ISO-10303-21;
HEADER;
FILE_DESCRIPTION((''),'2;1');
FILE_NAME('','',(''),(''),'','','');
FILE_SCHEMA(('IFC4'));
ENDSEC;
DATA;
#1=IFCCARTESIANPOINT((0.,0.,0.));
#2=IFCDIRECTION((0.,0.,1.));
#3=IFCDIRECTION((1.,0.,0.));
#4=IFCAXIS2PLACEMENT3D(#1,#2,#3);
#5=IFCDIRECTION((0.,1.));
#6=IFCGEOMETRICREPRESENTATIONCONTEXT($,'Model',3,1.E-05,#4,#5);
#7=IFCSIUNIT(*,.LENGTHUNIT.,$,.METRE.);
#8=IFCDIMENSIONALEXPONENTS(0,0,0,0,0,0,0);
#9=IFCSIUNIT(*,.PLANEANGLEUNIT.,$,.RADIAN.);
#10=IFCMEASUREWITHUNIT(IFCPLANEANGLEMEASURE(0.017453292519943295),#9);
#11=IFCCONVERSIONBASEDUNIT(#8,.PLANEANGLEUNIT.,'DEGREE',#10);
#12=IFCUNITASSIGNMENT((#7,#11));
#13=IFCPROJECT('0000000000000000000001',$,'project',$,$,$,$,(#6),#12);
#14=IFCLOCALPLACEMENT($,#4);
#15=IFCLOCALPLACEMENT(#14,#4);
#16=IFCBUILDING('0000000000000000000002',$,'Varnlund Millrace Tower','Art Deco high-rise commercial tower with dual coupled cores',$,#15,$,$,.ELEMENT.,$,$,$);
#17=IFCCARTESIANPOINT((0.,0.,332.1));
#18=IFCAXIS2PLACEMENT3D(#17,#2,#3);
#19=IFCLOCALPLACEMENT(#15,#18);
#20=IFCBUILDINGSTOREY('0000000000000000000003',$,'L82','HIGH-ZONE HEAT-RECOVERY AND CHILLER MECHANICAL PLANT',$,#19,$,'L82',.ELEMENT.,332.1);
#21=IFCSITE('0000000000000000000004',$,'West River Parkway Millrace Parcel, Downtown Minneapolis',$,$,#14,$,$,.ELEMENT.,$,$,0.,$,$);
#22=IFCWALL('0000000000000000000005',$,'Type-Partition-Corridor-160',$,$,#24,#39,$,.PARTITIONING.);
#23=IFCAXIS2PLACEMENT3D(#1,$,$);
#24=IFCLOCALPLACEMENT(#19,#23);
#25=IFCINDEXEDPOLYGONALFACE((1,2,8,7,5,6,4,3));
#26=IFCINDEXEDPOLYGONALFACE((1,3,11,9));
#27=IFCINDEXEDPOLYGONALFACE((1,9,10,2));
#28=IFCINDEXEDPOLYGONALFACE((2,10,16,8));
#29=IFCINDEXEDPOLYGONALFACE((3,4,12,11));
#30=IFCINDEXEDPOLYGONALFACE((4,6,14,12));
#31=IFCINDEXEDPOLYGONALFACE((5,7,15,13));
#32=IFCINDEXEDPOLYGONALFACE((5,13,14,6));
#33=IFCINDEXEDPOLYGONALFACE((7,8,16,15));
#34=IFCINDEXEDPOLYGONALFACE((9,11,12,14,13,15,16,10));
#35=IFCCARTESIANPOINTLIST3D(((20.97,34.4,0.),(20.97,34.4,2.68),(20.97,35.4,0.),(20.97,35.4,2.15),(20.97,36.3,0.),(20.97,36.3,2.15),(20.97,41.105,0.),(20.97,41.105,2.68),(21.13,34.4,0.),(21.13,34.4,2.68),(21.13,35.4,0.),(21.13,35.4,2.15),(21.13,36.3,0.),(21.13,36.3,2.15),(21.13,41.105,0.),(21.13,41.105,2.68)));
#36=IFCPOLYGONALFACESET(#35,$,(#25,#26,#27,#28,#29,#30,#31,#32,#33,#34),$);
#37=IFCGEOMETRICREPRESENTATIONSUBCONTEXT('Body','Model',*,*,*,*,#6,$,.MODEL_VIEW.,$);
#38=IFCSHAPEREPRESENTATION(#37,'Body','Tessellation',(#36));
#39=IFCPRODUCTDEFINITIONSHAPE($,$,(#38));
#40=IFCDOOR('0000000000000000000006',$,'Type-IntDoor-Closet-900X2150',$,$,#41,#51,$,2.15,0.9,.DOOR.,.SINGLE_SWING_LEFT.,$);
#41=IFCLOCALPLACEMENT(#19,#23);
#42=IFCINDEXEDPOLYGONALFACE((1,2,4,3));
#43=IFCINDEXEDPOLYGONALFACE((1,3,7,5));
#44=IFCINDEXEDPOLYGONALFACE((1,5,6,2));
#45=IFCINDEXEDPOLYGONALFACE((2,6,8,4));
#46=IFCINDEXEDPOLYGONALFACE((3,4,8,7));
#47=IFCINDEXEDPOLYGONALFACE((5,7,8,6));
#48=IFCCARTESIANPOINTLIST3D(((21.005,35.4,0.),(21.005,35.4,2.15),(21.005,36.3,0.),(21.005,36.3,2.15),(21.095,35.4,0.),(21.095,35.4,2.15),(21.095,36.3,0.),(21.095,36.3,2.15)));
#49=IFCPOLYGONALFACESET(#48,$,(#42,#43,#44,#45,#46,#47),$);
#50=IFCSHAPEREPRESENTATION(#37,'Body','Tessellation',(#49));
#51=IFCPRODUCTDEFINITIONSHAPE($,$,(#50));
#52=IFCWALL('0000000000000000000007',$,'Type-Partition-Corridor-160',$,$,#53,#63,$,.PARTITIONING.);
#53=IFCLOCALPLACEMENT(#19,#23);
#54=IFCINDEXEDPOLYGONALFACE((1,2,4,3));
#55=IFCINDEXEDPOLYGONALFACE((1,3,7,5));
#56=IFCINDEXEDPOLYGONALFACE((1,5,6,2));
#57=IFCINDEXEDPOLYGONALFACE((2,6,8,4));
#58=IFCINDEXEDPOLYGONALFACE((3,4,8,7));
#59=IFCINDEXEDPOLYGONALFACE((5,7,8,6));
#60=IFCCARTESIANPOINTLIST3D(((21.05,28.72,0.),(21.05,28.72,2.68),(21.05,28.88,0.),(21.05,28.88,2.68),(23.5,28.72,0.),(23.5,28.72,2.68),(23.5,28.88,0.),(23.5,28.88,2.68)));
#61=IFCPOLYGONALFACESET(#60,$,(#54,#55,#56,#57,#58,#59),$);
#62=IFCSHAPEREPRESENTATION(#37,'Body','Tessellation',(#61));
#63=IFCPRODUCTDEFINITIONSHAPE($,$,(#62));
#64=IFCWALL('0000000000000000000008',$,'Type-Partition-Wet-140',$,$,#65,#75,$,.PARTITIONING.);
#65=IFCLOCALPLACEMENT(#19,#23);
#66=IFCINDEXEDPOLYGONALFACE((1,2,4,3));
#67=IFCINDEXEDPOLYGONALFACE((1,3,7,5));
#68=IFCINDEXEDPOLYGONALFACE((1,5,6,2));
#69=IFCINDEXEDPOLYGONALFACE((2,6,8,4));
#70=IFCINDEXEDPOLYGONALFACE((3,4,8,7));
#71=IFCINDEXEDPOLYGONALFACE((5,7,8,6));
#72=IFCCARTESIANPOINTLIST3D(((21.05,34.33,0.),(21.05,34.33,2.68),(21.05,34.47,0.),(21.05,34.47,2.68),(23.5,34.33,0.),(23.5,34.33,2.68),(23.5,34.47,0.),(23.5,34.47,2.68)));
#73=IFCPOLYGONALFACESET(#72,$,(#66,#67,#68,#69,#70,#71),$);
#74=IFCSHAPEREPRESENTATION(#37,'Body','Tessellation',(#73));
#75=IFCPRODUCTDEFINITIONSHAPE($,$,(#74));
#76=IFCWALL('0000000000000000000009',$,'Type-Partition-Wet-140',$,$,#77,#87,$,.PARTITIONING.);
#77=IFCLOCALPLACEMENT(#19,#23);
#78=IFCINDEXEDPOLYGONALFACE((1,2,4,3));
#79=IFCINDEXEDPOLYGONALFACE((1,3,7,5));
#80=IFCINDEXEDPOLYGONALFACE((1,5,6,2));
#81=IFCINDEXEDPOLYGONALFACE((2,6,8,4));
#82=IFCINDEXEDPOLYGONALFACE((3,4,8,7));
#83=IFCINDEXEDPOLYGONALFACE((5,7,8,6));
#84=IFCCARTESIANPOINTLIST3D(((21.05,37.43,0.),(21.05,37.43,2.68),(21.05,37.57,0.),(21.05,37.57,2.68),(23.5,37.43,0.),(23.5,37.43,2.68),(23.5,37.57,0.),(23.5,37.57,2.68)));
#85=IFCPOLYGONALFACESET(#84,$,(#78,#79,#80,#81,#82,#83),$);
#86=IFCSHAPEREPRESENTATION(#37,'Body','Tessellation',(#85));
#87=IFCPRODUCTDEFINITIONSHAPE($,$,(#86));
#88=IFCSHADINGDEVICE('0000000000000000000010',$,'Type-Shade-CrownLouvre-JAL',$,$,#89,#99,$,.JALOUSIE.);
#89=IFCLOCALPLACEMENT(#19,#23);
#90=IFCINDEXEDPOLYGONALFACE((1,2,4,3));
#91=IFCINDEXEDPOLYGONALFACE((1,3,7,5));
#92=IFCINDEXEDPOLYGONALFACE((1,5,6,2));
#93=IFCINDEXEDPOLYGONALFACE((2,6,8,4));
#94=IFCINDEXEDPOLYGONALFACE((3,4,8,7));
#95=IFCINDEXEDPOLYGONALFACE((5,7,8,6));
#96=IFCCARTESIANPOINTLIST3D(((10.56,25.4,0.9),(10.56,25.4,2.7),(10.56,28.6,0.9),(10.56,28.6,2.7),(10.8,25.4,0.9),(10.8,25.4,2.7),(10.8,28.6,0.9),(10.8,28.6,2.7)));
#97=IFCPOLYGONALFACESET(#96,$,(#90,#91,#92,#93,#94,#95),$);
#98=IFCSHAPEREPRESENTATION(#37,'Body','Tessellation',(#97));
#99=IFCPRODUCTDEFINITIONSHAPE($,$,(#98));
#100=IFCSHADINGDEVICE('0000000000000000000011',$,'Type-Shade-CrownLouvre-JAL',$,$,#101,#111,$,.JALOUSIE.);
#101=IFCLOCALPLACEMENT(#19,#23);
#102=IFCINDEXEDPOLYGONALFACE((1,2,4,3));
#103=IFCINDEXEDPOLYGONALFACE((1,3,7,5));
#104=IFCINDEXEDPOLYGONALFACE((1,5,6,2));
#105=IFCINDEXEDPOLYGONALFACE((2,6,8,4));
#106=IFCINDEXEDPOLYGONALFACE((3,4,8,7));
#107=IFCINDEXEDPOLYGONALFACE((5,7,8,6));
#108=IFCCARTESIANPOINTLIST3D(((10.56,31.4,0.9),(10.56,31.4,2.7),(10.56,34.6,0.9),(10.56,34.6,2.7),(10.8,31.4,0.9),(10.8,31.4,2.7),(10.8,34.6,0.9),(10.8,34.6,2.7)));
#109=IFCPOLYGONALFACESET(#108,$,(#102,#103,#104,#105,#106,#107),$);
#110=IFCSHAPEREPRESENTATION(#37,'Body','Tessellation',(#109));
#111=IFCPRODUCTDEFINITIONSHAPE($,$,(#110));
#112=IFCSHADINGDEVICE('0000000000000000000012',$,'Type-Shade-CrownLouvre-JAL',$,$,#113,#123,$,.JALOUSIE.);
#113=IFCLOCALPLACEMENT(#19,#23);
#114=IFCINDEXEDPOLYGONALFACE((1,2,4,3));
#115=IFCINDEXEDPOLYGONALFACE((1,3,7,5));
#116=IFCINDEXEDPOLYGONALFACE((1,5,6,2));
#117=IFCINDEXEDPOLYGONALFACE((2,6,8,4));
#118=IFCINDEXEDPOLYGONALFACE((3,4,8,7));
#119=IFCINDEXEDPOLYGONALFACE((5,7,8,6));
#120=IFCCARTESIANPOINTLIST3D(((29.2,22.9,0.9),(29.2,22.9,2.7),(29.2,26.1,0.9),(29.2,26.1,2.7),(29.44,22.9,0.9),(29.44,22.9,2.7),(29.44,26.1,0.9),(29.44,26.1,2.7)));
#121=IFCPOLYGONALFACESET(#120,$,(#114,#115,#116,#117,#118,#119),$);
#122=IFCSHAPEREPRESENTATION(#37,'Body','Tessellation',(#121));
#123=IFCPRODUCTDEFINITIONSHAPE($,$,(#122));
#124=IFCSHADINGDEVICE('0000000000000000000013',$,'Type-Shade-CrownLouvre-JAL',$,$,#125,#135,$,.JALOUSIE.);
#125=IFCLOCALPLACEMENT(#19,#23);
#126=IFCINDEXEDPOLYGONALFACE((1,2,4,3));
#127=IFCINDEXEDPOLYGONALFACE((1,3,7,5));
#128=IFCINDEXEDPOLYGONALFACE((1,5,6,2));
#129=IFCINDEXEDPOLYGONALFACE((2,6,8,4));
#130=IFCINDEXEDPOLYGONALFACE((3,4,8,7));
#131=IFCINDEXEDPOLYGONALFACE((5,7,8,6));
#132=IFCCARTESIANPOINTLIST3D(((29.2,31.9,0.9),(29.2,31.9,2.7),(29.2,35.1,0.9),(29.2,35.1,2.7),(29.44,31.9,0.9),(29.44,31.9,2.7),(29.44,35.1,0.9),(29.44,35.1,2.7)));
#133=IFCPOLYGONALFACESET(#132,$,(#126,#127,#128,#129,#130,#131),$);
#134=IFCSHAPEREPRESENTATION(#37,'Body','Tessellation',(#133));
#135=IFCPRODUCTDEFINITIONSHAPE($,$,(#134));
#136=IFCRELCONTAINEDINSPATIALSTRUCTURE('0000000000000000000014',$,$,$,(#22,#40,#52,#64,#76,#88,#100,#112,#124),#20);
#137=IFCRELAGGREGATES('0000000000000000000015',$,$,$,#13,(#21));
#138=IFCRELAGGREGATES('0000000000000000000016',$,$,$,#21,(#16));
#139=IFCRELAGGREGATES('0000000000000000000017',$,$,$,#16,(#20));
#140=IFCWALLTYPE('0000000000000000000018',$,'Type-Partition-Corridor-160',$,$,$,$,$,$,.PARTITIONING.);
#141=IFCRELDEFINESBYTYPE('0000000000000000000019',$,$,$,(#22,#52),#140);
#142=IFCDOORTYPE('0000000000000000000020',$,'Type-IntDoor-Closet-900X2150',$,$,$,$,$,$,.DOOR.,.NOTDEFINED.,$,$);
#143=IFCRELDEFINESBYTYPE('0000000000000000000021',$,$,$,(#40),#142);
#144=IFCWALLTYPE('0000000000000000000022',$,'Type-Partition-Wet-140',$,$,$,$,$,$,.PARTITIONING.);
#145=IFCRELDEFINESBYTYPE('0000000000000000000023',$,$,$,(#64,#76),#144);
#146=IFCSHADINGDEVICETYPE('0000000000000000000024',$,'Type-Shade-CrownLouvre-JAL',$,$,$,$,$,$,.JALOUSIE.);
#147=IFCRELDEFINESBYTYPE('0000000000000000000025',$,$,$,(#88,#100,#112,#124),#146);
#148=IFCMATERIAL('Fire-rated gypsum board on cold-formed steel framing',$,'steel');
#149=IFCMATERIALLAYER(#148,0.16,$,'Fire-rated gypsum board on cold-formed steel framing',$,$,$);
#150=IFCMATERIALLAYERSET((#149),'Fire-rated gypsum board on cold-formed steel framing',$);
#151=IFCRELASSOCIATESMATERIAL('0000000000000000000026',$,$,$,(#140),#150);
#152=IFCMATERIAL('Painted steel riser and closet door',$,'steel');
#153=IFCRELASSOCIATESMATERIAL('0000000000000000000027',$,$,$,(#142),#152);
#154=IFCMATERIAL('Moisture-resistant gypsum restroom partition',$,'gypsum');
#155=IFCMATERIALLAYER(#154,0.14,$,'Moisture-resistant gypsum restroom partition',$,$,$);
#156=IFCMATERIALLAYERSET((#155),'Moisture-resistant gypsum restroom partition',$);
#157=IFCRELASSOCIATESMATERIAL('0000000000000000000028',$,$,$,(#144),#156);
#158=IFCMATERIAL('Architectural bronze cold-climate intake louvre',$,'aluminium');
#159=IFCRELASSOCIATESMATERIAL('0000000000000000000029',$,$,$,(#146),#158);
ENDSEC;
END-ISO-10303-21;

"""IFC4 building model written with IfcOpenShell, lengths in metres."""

from ifc_helpers import new_model, entity, si_unit, converted_unit, direction, frame, origin_with_axes, origin_2d_with_axis, place, context, subcontext, project, spatial, polyline, rectangle, outline, extrude, material, layer, layer_set, type_object, element, fill, save


model = new_model("IFC4")

# Units and contexts
model_context = context("Model", 3, precision=1e-05, world=origin_with_axes(), true_north=direction((0.0, 1.0)))
body_context = subcontext(model_context, "Body", "Model", "MODEL_VIEW")
ifc_project = project(units=[si_unit("LENGTHUNIT", "METRE"), converted_unit("PLANEANGLEUNIT", "DEGREE", entity("IfcPlaneAngleMeasure", 0.017453292519943295), si_unit("PLANEANGLEUNIT", "RADIAN"), dimensions=[0, 0, 0, 0, 0, 0, 0])], contexts=[model_context])

# Site, building, storey
site_placement = place(None, origin_with_axes())
site = spatial("IfcSite", under=ifc_project, at=site_placement, Name="West River Parkway Millrace Parcel, Downtown Minneapolis", CompositionType="ELEMENT", RefElevation=0.0)
building_placement = place(site_placement, origin_with_axes())
building = spatial("IfcBuilding", under=site, at=building_placement, Name="Varnlund Millrace Tower", Description="Art Deco high-rise commercial tower with dual coupled cores", CompositionType="ELEMENT")
storey_placement = place(building_placement, frame((0.0, 0.0, 332.1), z_axis=(0.0, 0.0, 1.0), x_axis=(1.0, 0.0, 0.0)))
storey = spatial("IfcBuildingStorey", under=building, at=storey_placement, Name="L82", Description="HIGH-ZONE HEAT-RECOVERY AND CHILLER MECHANICAL PLANT", LongName="L82", CompositionType="ELEMENT", Elevation=332.1)

# Wall, opening, door
ifc_material_1 = material(Name="Fire-rated gypsum board on cold-formed steel framing", Category="steel")
ifc_layer_1 = layer(ifc_material_1, 0.16, Name="Fire-rated gypsum board on cold-formed steel framing")
ifc_layer_set_1 = layer_set([ifc_layer_1], Name="Fire-rated gypsum board on cold-formed steel framing")
wall_type_1 = type_object("IfcWallType", Name="Type-Partition-Corridor-160", PredefinedType="PARTITIONING", material=ifc_layer_set_1)
ifc_material_2 = material(Name="Painted steel riser and closet door", Category="steel")
door_type = type_object("IfcDoorType", Name="Type-IntDoor-Closet-900X2150", OperationType="NOTDEFINED", PredefinedType="DOOR", material=ifc_material_2)
wall_1_placement = place(storey_placement, frame((21.05, 34.4, 0.0), z_axis=(0.0, 0.0, 1.0), x_axis=(0.0, 1.0, 0.0)))
wall_1 = element("IfcWall", 1, at=wall_1_placement, inside=storey, type_object=wall_type_1, Name="Type-Partition-Corridor-160", PredefinedType="PARTITIONING", context=body_context, shape_type="SweptSolid", body=[
    extrude(outline(polyline([(0.0, -0.08), (6.705, -0.08), (6.705, 0.08), (0.0, 0.08), (0.0, -0.08)])), origin_with_axes(), (0.0, 0.0, 1.0), 2.68),
])
opening_1_placement = place(wall_1_placement, frame((1.45, 0.0, 0.0), z_axis=(0.0, 0.0, 1.0), x_axis=(1.0, 0.0, 0.0)))
opening_1 = element("IfcOpeningElement", 2, at=opening_1_placement, cuts=wall_1, PredefinedType="OPENING", context=body_context, shape_type="SweptSolid", body=[
    extrude(rectangle(XDim=0.9, YDim=0.18, at=origin_2d_with_axis()), origin_with_axes(), (0.0, 0.0, 1.0), 2.15),
])
door_1_placement = place(wall_1_placement, frame((1.45, 0.0, 0.0), z_axis=(0.0, 0.0, 1.0), x_axis=(1.0, 0.0, 0.0)))
door_1 = element("IfcDoor", 3, at=door_1_placement, inside=storey, type_object=door_type, Name="Type-IntDoor-Closet-900X2150", OperationType="SINGLE_SWING_LEFT", OverallHeight=2.15, OverallWidth=0.9, PredefinedType="DOOR", context=body_context, shape_type="SweptSolid", body=[
    extrude(rectangle(XDim=0.9, YDim=0.09, at=origin_2d_with_axis()), origin_with_axes(), (0.0, 0.0, 1.0), 2.15),
])
fill(opening_1, door_1)

# Walls
wall_2_placement = place(storey_placement, frame((21.05, 28.8, 0.0), z_axis=(0.0, 0.0, 1.0), x_axis=(1.0, 0.0, 0.0)))
element("IfcWall", 4, at=wall_2_placement, inside=storey, type_object=wall_type_1, Name="Type-Partition-Corridor-160", PredefinedType="PARTITIONING", context=body_context, shape_type="SweptSolid", body=[
    extrude(outline(polyline([(0.0, -0.08), (2.45, -0.08), (2.45, 0.08), (0.0, 0.08), (0.0, -0.08)])), origin_with_axes(), (0.0, 0.0, 1.0), 2.68),
])
ifc_material_3 = material(Name="Moisture-resistant gypsum restroom partition", Category="gypsum")
ifc_layer_2 = layer(ifc_material_3, 0.14, Name="Moisture-resistant gypsum restroom partition")
ifc_layer_set_2 = layer_set([ifc_layer_2], Name="Moisture-resistant gypsum restroom partition")
wall_type_2 = type_object("IfcWallType", Name="Type-Partition-Wet-140", PredefinedType="PARTITIONING", material=ifc_layer_set_2)
for number, where, z_axis, x_axis, name in (
    (5, (21.05, 34.4, 0.0), (0.0, 0.0, 1.0), (1.0, 0.0, 0.0), "Type-Partition-Wet-140"),
    (6, (21.05, 37.5, 0.0), (0.0, 0.0, 1.0), (1.0, 0.0, 0.0), "Type-Partition-Wet-140"),
):
    element("IfcWall", number, at=place(storey_placement, frame(where, z_axis=z_axis, x_axis=x_axis)), inside=storey, type_object=wall_type_2, Name=name, PredefinedType="PARTITIONING", context=body_context, shape_type="SweptSolid", body=[
        extrude(outline(polyline([(0.0, -0.07), (2.45, -0.07), (2.45, 0.07), (0.0, 0.07), (0.0, -0.07)])), origin_with_axes(), (0.0, 0.0, 1.0), 2.68),
    ])

# Shading devices
ifc_material_4 = material(Name="Architectural bronze cold-climate intake louvre", Category="aluminium")
shading_device_type = type_object("IfcShadingDeviceType", Name="Type-Shade-CrownLouvre-JAL", PredefinedType="JALOUSIE", material=ifc_material_4)
for number, where, z_axis, x_axis, name in (
    (7, (10.68, 27.0, 0.9), (0.0, 0.0, 1.0), (0.0, 1.0, 0.0), "Type-Shade-CrownLouvre-JAL"),
    (8, (10.68, 33.0, 0.9), (0.0, 0.0, 1.0), (0.0, 1.0, 0.0), "Type-Shade-CrownLouvre-JAL"),
    (9, (29.32, 24.5, 0.9), (0.0, 0.0, 1.0), (0.0, 1.0, 0.0), "Type-Shade-CrownLouvre-JAL"),
    (10, (29.32, 33.5, 0.9), (0.0, 0.0, 1.0), (0.0, 1.0, 0.0), "Type-Shade-CrownLouvre-JAL"),
):
    element("IfcShadingDevice", number, at=place(storey_placement, frame(where, z_axis=z_axis, x_axis=x_axis)), inside=storey, type_object=shading_device_type, Name=name, PredefinedType="JALOUSIE", context=body_context, shape_type="SweptSolid", body=[
        extrude(rectangle(XDim=3.2, YDim=0.24, at=origin_2d_with_axis()), origin_with_axes(), (0.0, 0.0, 1.0), 1.8),
    ])

save(model, "model.ifc")
